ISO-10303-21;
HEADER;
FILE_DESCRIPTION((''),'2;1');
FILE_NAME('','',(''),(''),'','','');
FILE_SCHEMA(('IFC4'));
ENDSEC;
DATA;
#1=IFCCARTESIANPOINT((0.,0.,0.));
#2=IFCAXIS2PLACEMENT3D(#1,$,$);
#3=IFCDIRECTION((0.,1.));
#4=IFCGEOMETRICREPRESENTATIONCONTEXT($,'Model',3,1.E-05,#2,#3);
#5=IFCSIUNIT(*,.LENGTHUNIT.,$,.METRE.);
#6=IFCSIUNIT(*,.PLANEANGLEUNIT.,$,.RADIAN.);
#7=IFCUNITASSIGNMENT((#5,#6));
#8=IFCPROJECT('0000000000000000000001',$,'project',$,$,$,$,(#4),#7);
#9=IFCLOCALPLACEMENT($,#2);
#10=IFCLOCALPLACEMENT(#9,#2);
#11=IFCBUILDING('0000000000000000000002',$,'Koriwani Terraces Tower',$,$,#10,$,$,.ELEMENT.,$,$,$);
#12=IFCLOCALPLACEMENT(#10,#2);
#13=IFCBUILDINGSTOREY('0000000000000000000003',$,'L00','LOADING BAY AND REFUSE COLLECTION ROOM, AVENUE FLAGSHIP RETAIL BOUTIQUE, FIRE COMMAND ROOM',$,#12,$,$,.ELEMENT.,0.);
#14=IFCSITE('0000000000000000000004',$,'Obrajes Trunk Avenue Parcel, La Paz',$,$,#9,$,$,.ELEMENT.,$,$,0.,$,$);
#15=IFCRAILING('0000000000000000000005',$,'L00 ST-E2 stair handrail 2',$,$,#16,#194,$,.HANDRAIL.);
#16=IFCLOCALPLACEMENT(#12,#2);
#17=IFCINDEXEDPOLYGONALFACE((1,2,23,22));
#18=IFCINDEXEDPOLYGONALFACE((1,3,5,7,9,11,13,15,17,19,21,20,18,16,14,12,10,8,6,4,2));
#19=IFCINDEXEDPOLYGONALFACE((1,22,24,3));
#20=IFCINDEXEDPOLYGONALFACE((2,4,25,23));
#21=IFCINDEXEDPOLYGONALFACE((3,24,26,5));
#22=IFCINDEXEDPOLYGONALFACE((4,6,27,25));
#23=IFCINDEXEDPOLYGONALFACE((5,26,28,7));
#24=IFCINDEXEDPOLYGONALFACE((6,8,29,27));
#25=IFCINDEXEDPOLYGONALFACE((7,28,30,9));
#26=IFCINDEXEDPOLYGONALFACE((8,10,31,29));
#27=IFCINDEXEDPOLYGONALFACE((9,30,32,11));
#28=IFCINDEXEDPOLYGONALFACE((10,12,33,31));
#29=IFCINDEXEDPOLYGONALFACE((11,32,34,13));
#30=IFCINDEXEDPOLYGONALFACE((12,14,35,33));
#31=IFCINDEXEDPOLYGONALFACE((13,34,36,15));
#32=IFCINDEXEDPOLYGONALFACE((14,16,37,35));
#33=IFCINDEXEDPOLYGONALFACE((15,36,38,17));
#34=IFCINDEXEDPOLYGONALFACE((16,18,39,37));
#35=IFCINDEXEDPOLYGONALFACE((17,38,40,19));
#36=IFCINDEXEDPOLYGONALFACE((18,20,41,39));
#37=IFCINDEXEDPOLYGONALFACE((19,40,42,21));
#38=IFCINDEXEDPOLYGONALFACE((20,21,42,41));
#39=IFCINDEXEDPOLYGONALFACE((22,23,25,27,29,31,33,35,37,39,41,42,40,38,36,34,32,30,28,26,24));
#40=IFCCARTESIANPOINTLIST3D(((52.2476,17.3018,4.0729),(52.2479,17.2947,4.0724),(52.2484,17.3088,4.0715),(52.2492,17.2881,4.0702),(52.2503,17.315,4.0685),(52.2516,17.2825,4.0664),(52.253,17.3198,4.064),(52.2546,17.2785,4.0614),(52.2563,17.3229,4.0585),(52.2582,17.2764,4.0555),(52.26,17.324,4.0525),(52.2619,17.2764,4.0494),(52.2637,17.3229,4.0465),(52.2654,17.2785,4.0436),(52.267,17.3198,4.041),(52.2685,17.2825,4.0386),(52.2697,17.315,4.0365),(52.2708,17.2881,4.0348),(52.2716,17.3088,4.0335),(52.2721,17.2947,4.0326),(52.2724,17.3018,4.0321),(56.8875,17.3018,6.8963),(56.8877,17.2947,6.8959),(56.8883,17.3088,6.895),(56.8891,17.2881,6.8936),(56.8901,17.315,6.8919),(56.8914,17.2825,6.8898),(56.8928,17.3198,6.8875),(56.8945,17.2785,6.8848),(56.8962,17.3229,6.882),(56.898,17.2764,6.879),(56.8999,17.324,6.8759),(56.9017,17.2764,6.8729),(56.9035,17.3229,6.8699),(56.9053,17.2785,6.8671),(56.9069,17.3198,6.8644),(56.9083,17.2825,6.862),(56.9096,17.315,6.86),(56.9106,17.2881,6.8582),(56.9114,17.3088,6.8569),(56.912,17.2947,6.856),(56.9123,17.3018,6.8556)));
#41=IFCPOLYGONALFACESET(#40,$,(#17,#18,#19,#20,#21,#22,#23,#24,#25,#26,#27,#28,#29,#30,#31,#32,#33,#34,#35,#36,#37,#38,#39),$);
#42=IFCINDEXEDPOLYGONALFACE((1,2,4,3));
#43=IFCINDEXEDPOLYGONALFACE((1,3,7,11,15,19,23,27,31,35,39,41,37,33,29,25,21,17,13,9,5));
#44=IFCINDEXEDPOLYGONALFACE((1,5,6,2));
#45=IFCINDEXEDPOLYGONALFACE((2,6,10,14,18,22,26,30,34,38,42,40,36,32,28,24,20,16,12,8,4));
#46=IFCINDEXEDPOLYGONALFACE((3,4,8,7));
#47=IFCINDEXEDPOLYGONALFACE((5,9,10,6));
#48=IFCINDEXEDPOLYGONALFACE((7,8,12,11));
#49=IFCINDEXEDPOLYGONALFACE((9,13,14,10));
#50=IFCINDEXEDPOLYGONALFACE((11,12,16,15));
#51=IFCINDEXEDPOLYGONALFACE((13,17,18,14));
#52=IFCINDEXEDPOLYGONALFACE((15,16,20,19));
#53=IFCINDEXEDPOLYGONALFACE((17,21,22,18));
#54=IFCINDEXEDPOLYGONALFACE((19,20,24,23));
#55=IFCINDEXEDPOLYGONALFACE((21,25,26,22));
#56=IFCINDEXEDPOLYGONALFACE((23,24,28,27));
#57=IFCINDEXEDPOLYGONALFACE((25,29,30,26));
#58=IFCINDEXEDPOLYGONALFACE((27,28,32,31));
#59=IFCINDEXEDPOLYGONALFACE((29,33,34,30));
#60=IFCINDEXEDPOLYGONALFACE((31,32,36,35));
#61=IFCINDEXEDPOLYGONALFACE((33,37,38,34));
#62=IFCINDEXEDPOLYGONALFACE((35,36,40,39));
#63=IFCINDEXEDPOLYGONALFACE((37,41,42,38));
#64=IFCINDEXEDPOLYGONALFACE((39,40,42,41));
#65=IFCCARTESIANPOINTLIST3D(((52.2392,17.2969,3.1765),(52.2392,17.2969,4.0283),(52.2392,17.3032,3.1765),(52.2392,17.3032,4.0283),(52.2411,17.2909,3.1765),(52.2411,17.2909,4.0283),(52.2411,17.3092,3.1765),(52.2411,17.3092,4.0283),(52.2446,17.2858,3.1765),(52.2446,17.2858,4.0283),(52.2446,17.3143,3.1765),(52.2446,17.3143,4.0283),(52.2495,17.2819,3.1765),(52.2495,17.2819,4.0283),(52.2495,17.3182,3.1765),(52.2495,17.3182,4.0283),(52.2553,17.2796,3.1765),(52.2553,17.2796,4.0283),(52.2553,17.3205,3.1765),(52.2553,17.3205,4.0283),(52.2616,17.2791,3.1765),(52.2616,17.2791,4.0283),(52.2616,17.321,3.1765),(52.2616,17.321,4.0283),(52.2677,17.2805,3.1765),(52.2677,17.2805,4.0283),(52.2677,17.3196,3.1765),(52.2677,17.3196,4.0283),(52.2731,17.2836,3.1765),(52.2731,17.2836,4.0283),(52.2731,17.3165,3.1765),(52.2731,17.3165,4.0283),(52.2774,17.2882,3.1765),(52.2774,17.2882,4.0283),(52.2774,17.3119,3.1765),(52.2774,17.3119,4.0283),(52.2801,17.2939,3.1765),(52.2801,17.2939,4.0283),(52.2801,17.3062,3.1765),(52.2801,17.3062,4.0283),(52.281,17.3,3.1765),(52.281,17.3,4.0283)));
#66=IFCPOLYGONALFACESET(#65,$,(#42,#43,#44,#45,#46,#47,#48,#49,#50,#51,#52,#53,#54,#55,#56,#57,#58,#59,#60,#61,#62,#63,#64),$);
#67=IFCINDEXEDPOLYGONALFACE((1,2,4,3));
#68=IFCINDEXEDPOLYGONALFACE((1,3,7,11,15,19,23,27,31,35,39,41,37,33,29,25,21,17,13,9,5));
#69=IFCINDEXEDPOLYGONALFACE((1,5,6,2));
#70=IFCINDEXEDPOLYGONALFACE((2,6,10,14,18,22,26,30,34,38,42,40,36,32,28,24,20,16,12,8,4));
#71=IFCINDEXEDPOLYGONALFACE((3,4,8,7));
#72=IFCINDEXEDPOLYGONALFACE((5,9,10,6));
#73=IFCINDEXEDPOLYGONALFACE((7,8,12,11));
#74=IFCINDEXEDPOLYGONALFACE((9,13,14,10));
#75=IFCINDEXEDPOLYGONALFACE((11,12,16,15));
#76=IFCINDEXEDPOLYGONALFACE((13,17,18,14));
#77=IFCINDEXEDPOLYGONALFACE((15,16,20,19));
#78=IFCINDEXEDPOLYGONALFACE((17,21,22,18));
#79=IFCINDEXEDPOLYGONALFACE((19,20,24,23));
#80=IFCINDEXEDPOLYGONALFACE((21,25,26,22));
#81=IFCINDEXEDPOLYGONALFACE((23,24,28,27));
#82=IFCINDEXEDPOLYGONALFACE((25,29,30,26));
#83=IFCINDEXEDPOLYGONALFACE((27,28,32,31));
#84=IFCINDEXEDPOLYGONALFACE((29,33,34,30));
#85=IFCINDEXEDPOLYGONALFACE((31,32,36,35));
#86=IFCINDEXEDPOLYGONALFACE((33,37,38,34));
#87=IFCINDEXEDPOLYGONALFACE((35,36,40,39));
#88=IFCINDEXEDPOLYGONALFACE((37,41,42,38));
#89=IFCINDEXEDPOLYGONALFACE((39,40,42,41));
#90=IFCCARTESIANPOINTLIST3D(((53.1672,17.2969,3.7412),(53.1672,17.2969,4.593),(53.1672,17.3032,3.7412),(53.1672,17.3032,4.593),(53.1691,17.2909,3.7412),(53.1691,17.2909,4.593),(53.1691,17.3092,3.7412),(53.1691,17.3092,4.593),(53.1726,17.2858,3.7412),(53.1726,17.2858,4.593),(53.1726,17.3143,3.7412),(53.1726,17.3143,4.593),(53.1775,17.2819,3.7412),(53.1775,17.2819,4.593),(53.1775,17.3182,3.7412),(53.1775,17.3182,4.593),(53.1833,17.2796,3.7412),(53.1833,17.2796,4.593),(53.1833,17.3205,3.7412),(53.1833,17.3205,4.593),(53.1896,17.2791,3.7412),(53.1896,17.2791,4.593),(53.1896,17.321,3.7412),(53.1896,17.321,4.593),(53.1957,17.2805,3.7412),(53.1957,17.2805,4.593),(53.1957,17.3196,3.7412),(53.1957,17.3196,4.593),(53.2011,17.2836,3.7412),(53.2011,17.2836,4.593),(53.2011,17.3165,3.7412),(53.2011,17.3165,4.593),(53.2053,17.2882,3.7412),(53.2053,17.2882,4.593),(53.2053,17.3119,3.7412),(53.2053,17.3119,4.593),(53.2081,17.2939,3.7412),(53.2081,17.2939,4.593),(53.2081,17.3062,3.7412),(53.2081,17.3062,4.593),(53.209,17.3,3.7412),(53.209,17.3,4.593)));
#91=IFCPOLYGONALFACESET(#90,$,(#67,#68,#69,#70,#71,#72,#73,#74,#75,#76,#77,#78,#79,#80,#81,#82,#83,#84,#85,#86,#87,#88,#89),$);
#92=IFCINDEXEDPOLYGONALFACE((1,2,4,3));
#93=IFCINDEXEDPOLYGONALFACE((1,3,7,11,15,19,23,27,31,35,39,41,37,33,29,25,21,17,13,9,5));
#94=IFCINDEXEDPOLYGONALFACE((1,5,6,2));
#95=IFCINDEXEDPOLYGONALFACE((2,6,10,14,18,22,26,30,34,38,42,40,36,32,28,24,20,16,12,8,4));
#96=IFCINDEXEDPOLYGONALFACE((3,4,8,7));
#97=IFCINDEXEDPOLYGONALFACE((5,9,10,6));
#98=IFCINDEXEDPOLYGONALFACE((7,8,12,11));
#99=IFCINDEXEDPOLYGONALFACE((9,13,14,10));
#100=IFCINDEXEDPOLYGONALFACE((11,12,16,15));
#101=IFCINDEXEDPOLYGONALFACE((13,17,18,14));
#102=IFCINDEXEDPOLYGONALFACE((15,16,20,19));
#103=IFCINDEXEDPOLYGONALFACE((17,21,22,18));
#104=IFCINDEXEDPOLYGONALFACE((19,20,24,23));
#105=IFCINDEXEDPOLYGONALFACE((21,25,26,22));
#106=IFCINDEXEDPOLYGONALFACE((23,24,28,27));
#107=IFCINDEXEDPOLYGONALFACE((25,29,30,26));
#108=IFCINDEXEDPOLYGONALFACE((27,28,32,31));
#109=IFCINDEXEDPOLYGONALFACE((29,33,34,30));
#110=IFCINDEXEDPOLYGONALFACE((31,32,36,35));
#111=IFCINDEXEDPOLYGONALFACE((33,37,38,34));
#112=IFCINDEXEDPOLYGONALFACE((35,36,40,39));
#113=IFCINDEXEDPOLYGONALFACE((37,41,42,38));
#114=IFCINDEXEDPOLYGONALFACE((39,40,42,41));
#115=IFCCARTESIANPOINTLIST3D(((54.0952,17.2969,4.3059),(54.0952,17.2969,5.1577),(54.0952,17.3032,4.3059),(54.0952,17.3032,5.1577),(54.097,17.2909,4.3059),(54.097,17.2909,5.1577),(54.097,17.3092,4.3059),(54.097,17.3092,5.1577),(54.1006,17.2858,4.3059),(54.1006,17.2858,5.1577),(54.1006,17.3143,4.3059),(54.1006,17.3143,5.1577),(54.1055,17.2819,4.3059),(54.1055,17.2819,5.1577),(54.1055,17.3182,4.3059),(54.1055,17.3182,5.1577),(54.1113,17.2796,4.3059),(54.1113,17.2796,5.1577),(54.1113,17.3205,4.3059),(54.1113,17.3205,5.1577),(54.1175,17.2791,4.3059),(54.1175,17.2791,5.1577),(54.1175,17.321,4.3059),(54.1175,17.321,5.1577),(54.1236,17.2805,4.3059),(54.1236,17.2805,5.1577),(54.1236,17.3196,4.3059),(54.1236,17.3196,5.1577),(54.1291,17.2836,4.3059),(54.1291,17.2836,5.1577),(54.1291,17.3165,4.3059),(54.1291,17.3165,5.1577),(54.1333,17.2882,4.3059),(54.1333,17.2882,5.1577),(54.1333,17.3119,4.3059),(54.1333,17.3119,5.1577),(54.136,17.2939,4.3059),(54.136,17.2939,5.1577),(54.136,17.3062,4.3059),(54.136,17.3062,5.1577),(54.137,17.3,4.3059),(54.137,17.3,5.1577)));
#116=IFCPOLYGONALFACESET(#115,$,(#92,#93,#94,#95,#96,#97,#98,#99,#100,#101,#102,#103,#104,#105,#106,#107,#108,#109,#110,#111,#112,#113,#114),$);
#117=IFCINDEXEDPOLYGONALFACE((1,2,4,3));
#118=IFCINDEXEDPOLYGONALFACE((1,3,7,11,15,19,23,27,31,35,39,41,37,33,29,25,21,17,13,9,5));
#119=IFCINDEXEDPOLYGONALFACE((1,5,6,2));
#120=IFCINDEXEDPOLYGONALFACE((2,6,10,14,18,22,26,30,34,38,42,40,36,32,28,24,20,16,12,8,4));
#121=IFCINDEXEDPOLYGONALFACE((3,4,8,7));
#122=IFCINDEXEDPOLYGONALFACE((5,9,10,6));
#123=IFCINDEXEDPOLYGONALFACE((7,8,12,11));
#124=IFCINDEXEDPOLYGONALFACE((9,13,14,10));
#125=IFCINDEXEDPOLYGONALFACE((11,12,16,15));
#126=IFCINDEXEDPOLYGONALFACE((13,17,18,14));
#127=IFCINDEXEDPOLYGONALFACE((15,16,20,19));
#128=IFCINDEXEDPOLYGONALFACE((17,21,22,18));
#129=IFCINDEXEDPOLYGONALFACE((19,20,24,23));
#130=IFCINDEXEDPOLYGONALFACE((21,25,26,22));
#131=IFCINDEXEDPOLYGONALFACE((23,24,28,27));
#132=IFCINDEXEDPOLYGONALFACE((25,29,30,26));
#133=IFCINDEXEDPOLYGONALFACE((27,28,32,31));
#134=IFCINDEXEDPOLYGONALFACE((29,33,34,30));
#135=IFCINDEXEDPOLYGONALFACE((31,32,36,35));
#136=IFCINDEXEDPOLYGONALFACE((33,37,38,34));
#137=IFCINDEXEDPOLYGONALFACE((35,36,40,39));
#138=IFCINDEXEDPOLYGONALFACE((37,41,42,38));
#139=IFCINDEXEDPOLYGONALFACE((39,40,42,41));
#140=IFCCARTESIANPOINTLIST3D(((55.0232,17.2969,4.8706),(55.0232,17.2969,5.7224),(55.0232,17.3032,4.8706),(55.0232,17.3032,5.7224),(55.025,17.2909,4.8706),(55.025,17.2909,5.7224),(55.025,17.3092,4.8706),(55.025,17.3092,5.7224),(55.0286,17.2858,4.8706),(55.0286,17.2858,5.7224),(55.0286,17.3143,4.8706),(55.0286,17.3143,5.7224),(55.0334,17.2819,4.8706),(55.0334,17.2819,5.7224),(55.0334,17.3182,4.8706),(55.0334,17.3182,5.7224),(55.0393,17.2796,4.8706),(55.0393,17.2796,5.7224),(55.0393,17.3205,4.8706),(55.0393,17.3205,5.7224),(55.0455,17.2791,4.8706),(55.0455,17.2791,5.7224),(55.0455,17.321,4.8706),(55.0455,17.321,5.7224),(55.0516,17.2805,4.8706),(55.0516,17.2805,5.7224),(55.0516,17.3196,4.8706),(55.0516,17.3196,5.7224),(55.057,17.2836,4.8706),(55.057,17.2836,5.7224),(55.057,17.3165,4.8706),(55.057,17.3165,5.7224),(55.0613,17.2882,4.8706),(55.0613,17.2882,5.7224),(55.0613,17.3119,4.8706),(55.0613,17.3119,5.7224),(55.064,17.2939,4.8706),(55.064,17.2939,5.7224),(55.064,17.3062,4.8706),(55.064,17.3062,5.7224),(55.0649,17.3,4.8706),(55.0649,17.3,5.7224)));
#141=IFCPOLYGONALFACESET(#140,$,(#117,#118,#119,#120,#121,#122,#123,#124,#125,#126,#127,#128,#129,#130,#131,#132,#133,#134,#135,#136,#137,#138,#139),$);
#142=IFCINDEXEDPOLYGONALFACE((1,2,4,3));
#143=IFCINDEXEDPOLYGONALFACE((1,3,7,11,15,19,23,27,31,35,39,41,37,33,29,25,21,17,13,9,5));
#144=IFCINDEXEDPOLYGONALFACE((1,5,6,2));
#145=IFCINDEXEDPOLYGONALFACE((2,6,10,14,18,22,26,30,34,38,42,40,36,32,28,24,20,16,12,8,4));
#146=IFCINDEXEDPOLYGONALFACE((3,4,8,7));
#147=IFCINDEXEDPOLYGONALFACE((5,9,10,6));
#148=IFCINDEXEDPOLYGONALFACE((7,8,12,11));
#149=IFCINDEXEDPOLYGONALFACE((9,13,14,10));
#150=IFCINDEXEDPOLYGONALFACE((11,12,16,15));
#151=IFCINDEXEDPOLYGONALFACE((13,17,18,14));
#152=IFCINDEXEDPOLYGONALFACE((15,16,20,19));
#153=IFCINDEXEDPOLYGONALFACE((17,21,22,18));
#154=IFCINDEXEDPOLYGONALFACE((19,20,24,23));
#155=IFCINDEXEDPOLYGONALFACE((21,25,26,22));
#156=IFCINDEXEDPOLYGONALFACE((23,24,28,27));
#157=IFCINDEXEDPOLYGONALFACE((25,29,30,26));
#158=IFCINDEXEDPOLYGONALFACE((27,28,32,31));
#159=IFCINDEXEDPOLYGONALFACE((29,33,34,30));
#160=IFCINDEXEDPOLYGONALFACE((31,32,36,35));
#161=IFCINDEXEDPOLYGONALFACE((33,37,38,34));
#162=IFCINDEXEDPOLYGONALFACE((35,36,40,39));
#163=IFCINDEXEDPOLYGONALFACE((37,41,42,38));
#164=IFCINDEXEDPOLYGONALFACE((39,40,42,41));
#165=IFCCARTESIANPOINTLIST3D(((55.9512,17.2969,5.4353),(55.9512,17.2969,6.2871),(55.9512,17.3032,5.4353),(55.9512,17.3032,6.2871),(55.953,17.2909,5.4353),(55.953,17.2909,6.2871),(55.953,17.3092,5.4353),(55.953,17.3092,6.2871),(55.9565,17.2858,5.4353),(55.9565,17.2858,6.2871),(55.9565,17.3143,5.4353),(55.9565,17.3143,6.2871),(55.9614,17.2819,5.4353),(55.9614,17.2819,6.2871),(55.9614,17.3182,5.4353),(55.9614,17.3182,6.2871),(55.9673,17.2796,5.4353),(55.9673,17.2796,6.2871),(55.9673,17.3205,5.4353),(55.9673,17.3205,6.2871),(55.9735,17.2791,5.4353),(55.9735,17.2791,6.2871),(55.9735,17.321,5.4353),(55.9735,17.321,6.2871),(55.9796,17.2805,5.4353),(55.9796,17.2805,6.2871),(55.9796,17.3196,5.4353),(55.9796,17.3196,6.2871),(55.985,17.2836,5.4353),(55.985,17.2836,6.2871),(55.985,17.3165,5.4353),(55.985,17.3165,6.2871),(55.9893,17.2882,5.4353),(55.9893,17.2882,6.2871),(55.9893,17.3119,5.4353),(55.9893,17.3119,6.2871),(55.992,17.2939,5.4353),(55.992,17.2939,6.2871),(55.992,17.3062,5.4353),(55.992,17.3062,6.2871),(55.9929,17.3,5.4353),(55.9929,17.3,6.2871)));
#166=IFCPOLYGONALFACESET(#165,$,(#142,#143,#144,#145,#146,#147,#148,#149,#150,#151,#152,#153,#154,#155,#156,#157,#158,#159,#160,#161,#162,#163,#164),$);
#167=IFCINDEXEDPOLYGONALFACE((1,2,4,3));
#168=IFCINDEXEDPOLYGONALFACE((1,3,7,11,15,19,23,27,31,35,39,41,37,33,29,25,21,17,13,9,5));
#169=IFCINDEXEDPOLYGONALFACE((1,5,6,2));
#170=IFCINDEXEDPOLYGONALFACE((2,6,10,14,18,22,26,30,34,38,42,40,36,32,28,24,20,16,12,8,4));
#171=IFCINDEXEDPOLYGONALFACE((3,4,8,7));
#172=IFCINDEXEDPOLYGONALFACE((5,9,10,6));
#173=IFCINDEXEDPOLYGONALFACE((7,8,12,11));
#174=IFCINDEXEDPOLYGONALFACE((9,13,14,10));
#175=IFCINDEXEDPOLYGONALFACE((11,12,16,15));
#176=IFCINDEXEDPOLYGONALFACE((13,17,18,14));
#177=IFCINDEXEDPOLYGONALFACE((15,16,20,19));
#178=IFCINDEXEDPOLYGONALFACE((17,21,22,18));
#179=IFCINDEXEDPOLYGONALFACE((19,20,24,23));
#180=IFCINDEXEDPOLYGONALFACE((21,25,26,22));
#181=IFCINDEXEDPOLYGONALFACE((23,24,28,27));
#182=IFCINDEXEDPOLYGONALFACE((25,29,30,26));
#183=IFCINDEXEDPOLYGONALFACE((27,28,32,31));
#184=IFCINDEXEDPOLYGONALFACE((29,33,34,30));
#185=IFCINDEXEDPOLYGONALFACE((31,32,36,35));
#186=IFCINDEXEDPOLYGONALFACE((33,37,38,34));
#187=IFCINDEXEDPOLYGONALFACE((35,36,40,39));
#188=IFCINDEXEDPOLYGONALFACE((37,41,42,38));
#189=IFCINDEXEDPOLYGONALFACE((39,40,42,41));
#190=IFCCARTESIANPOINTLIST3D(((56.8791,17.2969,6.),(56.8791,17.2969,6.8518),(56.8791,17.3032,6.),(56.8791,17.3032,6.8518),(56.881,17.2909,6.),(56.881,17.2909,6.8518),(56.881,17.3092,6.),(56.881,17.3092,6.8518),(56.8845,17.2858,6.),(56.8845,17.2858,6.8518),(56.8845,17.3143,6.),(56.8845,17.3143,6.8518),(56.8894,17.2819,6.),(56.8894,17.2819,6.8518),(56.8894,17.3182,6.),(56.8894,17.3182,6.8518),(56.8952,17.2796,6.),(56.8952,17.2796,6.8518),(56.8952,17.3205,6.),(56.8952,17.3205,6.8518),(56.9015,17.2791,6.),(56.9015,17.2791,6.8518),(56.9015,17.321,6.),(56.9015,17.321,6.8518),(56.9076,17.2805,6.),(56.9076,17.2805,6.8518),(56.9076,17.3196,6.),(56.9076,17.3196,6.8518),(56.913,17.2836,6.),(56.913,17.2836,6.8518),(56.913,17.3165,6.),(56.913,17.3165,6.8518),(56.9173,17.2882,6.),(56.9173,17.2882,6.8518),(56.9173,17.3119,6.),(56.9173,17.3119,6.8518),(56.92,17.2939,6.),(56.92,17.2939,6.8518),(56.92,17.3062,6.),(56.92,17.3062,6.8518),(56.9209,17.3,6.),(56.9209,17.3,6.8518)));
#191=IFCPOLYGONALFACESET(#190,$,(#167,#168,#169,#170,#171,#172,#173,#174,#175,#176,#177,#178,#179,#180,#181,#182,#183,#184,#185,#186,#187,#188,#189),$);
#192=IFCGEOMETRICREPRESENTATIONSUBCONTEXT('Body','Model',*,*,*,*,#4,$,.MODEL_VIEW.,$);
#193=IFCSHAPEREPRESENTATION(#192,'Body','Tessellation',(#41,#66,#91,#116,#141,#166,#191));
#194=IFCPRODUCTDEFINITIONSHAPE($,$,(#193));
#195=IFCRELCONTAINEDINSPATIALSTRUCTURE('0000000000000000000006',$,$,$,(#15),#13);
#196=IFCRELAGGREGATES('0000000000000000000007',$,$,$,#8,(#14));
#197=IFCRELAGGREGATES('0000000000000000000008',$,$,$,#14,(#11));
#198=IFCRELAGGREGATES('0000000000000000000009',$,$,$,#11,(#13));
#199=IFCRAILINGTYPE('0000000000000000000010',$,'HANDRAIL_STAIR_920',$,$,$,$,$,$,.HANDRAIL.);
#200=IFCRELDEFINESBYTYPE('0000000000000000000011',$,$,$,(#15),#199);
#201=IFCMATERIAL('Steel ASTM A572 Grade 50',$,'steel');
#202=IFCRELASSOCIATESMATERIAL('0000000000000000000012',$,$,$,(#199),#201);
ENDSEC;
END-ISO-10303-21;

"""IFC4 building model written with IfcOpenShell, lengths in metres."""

from ifc_helpers import new_model, si_unit, direction, frame, origin, origin_2d, place, context, subcontext, project, spatial, circle, extrude, material, type_object, element, save


model = new_model("IFC4")

# Units and contexts
model_context = context("Model", 3, precision=1e-05, world=origin(), true_north=direction((0.0, 1.0)))
body_context = subcontext(model_context, "Body", "Model", "MODEL_VIEW")
ifc_project = project(units=[si_unit("LENGTHUNIT", "METRE"), si_unit("PLANEANGLEUNIT", "RADIAN")], contexts=[model_context])

# Site, building, storey
site_placement = place(None, origin())
site = spatial("IfcSite", under=ifc_project, at=site_placement, Name="Obrajes Trunk Avenue Parcel, La Paz", CompositionType="ELEMENT", RefElevation=0.0)
building_placement = place(site_placement, origin())
building = spatial("IfcBuilding", under=site, at=building_placement, Name="Koriwani Terraces Tower", CompositionType="ELEMENT")
storey_placement = place(building_placement, origin())
storey = spatial("IfcBuildingStorey", under=building, at=storey_placement, Name="L00", Description="LOADING BAY AND REFUSE COLLECTION ROOM, AVENUE FLAGSHIP RETAIL BOUTIQUE, FIRE COMMAND ROOM", CompositionType="ELEMENT", Elevation=0.0)

# Shared definitions
ifc_material_1 = material(Name="Steel ASTM A572 Grade 50", Category="steel")

# Railing
railing_type_1 = type_object("IfcRailingType", Name="HANDRAIL_STAIR_920", PredefinedType="HANDRAIL", material=ifc_material_1)
railing_1_placement = place(storey_placement, frame((52.26, 17.3, 3.1765)))
element("IfcRailing", 1, at=railing_1_placement, inside=storey, type_object=railing_type_1, Name="L00 ST-E2 stair handrail 2", PredefinedType="HANDRAIL", context=body_context, shape_type="SweptSolid", body=[
    extrude(circle(Radius=0.0239, at=origin_2d()), frame((0.0, 0.0, 0.876), z_axis=(0.854264, 0.0, 0.51984), x_axis=(0.0, 1.0, 0.0)), (0.0, 0.0, 1.0), 5.4314),
    extrude(circle(Radius=0.021, at=origin_2d()), origin(), (0.0, 0.0, 1.0), 0.8518),
    extrude(circle(Radius=0.021, at=origin_2d()), frame((0.928, 0.0, 0.5647)), (0.0, 0.0, 1.0), 0.8518),
    extrude(circle(Radius=0.021, at=origin_2d()), frame((1.856, 0.0, 1.1294)), (0.0, 0.0, 1.0), 0.8518),
    extrude(circle(Radius=0.021, at=origin_2d()), frame((2.7839, 0.0, 1.6941)), (0.0, 0.0, 1.0), 0.8518),
    extrude(circle(Radius=0.021, at=origin_2d()), frame((3.7119, 0.0, 2.2588)), (0.0, 0.0, 1.0), 0.8518),
    extrude(circle(Radius=0.021, at=origin_2d()), frame((4.6399, 0.0, 2.8235)), (0.0, 0.0, 1.0), 0.8518),
])

save(model, "model.ifc")
